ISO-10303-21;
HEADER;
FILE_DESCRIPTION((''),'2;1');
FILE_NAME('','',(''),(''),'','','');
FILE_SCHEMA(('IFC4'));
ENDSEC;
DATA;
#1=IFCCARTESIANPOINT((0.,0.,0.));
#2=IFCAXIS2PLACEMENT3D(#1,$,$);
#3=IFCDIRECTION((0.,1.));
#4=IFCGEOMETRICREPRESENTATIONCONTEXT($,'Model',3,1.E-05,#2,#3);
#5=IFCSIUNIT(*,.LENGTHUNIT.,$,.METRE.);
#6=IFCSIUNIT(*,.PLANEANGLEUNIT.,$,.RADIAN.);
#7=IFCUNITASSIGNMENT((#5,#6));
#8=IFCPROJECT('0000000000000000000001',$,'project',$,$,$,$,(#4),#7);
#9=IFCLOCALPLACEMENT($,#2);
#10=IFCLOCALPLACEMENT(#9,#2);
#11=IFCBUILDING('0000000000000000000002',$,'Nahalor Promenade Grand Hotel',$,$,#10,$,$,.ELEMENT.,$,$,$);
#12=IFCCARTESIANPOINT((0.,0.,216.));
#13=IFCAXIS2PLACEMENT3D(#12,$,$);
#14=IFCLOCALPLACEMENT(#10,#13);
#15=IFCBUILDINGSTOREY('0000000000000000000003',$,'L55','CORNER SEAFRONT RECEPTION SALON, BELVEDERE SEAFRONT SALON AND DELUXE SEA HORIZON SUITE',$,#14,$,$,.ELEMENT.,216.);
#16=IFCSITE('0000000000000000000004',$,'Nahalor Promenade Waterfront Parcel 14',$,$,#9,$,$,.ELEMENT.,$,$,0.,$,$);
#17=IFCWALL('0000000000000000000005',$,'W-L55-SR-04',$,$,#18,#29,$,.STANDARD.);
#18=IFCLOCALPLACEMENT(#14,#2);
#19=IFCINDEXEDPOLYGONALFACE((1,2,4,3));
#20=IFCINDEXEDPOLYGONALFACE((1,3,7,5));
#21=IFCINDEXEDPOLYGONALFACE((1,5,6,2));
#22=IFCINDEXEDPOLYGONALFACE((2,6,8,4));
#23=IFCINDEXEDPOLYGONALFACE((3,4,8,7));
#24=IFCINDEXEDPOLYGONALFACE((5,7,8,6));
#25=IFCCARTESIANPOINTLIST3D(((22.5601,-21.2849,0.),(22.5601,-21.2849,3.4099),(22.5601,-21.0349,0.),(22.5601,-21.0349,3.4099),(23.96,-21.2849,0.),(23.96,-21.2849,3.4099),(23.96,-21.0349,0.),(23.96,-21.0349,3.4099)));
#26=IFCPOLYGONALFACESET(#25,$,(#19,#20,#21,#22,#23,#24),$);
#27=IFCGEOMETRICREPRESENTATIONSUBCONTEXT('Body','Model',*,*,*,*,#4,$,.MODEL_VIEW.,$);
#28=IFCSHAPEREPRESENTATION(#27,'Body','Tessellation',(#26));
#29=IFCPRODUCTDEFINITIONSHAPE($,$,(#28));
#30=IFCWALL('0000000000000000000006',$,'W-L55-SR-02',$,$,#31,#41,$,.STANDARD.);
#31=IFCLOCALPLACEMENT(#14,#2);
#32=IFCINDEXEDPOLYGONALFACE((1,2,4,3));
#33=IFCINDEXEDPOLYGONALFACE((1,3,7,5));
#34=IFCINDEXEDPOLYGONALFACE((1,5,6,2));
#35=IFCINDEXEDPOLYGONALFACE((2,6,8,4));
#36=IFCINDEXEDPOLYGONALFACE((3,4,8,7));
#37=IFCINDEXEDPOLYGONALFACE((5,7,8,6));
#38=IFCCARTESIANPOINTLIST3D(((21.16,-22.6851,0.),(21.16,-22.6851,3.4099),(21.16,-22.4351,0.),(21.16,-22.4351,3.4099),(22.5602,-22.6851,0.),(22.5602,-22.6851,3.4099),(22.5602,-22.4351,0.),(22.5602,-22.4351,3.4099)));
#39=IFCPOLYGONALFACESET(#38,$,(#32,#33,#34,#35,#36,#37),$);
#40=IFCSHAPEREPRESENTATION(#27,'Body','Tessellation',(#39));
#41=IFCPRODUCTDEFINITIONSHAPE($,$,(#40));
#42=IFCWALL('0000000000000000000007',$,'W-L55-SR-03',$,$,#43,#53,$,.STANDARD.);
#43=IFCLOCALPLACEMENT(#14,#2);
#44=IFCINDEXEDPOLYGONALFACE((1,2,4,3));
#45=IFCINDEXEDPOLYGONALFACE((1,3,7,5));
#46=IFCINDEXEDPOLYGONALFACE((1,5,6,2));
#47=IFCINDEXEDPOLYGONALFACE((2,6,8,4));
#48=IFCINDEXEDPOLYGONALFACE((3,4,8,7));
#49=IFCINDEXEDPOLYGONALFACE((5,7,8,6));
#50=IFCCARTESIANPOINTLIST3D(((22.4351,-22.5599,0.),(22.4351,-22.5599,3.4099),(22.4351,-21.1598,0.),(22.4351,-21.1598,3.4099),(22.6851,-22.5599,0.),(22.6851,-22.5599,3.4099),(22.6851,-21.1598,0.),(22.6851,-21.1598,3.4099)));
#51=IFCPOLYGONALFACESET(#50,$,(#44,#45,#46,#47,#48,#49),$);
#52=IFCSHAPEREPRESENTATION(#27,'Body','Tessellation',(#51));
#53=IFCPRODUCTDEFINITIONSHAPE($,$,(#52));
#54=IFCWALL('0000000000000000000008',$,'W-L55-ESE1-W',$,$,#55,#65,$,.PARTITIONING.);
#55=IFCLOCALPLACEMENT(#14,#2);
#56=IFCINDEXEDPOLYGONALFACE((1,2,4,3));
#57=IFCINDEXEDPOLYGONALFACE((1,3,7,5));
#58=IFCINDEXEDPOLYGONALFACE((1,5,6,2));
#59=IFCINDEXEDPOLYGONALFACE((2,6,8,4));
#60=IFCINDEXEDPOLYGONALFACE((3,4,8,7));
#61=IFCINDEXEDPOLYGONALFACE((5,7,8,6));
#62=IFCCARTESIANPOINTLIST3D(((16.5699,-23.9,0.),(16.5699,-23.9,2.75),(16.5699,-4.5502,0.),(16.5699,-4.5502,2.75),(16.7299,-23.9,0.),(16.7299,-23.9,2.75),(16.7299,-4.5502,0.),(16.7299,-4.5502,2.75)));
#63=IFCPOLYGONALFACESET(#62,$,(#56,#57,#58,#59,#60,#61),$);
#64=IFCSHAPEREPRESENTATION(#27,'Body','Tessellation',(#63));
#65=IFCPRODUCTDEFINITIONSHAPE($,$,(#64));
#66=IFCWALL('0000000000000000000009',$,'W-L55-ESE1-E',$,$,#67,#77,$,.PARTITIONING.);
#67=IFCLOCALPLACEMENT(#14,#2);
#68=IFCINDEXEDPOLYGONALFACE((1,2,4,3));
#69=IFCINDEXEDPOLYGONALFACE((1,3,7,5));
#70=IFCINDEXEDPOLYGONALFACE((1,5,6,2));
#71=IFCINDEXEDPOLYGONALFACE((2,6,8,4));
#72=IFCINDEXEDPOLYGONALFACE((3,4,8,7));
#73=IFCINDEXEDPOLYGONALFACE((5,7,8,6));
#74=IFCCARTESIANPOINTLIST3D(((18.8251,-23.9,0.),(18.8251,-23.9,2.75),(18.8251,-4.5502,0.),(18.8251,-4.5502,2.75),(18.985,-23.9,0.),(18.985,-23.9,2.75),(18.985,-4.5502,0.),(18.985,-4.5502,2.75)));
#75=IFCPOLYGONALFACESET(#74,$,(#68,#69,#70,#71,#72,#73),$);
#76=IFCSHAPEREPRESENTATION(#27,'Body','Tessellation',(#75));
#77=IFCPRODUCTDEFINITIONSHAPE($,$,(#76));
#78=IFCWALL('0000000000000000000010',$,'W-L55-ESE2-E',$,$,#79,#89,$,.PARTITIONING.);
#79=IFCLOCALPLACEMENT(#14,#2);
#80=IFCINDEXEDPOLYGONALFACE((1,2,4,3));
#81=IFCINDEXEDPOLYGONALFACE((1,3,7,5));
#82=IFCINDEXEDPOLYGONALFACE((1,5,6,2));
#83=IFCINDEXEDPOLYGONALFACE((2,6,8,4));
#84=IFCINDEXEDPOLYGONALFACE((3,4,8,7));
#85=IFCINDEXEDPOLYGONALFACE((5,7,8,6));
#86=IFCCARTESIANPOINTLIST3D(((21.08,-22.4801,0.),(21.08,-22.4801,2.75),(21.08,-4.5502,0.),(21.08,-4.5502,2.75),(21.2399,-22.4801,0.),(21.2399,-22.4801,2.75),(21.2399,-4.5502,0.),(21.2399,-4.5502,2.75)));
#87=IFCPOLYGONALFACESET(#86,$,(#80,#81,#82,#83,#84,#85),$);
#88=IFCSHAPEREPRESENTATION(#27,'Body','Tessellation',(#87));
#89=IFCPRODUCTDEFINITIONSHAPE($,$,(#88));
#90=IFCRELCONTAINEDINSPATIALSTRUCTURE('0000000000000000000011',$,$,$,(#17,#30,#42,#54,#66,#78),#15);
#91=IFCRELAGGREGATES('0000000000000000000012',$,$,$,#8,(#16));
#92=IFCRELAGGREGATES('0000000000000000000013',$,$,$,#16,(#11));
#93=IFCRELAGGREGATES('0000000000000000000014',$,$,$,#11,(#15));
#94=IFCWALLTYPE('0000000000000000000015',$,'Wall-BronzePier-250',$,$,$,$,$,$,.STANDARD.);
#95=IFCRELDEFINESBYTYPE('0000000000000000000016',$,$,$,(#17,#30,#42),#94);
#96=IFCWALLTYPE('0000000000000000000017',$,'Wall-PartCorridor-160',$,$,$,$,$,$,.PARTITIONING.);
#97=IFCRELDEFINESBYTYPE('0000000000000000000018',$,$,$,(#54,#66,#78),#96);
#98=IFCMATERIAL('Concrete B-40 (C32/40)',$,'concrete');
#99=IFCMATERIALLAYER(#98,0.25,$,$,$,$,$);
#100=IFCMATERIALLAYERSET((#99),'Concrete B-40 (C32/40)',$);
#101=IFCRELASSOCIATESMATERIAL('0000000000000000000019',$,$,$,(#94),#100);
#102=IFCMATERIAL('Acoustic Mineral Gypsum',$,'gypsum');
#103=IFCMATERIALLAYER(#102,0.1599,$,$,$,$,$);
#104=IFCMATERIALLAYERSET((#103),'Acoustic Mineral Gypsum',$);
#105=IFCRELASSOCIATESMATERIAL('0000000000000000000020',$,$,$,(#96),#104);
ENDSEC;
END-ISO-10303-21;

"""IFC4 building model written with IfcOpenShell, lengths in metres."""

from ifc_helpers import new_model, si_unit, direction, frame, frame_2d, origin, place, context, subcontext, project, spatial, rectangle, extrude, source, transform, mapped, material, layer, layer_set, type_object, element, save


model = new_model("IFC4")

# Units and contexts
model_context = context("Model", 3, precision=1e-05, world=origin(), true_north=direction((0.0, 1.0)))
body_context = subcontext(model_context, "Body", "Model", "MODEL_VIEW")
ifc_project = project(units=[si_unit("LENGTHUNIT", "METRE"), si_unit("PLANEANGLEUNIT", "RADIAN")], contexts=[model_context])

# Site, building, storey
site_placement = place(None, origin())
site = spatial("IfcSite", under=ifc_project, at=site_placement, Name="Nahalor Promenade Waterfront Parcel 14", CompositionType="ELEMENT", RefElevation=0.0)
building_placement = place(site_placement, origin())
building = spatial("IfcBuilding", under=site, at=building_placement, Name="Nahalor Promenade Grand Hotel", CompositionType="ELEMENT")
storey_placement = place(building_placement, frame((0.0, 0.0, 216.0)))
storey = spatial("IfcBuildingStorey", under=building, at=storey_placement, Name="L55", Description="CORNER SEAFRONT RECEPTION SALON, BELVEDERE SEAFRONT SALON AND DELUXE SEA HORIZON SUITE", CompositionType="ELEMENT", Elevation=216.0)

# Walls
ifc_material_1 = material(Name="Concrete B-40 (C32/40)", Category="concrete")
ifc_layer_1 = layer(ifc_material_1, 0.25)
ifc_layer_set_1 = layer_set([ifc_layer_1], Name="Concrete B-40 (C32/40)")
wall_type_1 = type_object("IfcWallType", Name="Wall-BronzePier-250", PredefinedType="STANDARD", material=ifc_layer_set_1)
shared_shape_1 = source(origin(), body_context, "Body", "SweptSolid", [
    extrude(rectangle(XDim=1.3999, YDim=0.25, at=frame_2d((0.7, 0.0))), origin(), (0.0, 0.0, 1.0), 3.4099),
])
for number, where, z_axis, x_axis, name in (
    (1, (22.5601, -21.1599, 0.0), (0.0, 0.0, 1.0), (1.0, 0.0, 0.0), "W-L55-SR-04"),
):
    element("IfcWall", number, at=place(storey_placement, frame(where, z_axis=z_axis, x_axis=x_axis)), inside=storey, type_object=wall_type_1, Name=name, PredefinedType="STANDARD", context=body_context, shape_type="MappedRepresentation", body=[
        mapped(shared_shape_1, transform((0.0, 0.0, 0.0), scale=1.0)),
    ])
shared_shape_2 = source(origin(), body_context, "Body", "SweptSolid", [
    extrude(rectangle(XDim=1.4001, YDim=0.25, at=frame_2d((0.7002, 0.0))), origin(), (0.0, 0.0, 1.0), 3.4099),
])
for number, where, z_axis, x_axis, name in (
    (2, (21.1599, -22.5601, 0.0), (0.0, 0.0, 1.0), (1.0, 0.0, 0.0), "W-L55-SR-02"),
    (3, (22.5601, -22.5601, 0.0), (0.0, 0.0, 1.0), (0.0, 1.0, 0.0), "W-L55-SR-03"),
):
    element("IfcWall", number, at=place(storey_placement, frame(where, z_axis=z_axis, x_axis=x_axis)), inside=storey, type_object=wall_type_1, Name=name, PredefinedType="STANDARD", context=body_context, shape_type="MappedRepresentation", body=[
        mapped(shared_shape_2, transform((0.0, 0.0, 0.0), scale=1.0)),
    ])
ifc_material_2 = material(Name="Acoustic Mineral Gypsum", Category="gypsum")
ifc_layer_2 = layer(ifc_material_2, 0.1599)
ifc_layer_set_2 = layer_set([ifc_layer_2], Name="Acoustic Mineral Gypsum")
wall_type_2 = type_object("IfcWallType", Name="Wall-PartCorridor-160", PredefinedType="PARTITIONING", material=ifc_layer_set_2)
shared_shape_3 = source(origin(), body_context, "Body", "SweptSolid", [
    extrude(rectangle(XDim=19.3499, YDim=0.1599, at=frame_2d((9.6748, 0.0))), origin(), (0.0, 0.0, 1.0), 2.75),
])
for number, where, z_axis, x_axis, name in (
    (4, (16.6499, -23.8999, 0.0), (0.0, 0.0, 1.0), (0.0, 1.0, 0.0), "W-L55-ESE1-W"),
    (5, (18.905, -23.8999, 0.0), (0.0, 0.0, 1.0), (0.0, 1.0, 0.0), "W-L55-ESE1-E"),
):
    element("IfcWall", number, at=place(storey_placement, frame(where, z_axis=z_axis, x_axis=x_axis)), inside=storey, type_object=wall_type_2, Name=name, PredefinedType="PARTITIONING", context=body_context, shape_type="MappedRepresentation", body=[
        mapped(shared_shape_3, transform((0.0, 0.0, 0.0), scale=1.0)),
    ])
shared_shape_4 = source(origin(), body_context, "Body", "SweptSolid", [
    extrude(rectangle(XDim=17.9299, YDim=0.1599, at=frame_2d((8.9648, 0.0))), origin(), (0.0, 0.0, 1.0), 2.75),
])
wall_1_placement = place(storey_placement, frame((21.1599, -22.48, 0.0), z_axis=(0.0, 0.0, 1.0), x_axis=(0.0, 1.0, 0.0)))
element("IfcWall", 6, at=wall_1_placement, inside=storey, type_object=wall_type_2, Name="W-L55-ESE2-E", PredefinedType="PARTITIONING", context=body_context, shape_type="MappedRepresentation", body=[
    mapped(shared_shape_4, transform((0.0, 0.0, 0.0), scale=1.0)),
])

save(model, "model.ifc")
